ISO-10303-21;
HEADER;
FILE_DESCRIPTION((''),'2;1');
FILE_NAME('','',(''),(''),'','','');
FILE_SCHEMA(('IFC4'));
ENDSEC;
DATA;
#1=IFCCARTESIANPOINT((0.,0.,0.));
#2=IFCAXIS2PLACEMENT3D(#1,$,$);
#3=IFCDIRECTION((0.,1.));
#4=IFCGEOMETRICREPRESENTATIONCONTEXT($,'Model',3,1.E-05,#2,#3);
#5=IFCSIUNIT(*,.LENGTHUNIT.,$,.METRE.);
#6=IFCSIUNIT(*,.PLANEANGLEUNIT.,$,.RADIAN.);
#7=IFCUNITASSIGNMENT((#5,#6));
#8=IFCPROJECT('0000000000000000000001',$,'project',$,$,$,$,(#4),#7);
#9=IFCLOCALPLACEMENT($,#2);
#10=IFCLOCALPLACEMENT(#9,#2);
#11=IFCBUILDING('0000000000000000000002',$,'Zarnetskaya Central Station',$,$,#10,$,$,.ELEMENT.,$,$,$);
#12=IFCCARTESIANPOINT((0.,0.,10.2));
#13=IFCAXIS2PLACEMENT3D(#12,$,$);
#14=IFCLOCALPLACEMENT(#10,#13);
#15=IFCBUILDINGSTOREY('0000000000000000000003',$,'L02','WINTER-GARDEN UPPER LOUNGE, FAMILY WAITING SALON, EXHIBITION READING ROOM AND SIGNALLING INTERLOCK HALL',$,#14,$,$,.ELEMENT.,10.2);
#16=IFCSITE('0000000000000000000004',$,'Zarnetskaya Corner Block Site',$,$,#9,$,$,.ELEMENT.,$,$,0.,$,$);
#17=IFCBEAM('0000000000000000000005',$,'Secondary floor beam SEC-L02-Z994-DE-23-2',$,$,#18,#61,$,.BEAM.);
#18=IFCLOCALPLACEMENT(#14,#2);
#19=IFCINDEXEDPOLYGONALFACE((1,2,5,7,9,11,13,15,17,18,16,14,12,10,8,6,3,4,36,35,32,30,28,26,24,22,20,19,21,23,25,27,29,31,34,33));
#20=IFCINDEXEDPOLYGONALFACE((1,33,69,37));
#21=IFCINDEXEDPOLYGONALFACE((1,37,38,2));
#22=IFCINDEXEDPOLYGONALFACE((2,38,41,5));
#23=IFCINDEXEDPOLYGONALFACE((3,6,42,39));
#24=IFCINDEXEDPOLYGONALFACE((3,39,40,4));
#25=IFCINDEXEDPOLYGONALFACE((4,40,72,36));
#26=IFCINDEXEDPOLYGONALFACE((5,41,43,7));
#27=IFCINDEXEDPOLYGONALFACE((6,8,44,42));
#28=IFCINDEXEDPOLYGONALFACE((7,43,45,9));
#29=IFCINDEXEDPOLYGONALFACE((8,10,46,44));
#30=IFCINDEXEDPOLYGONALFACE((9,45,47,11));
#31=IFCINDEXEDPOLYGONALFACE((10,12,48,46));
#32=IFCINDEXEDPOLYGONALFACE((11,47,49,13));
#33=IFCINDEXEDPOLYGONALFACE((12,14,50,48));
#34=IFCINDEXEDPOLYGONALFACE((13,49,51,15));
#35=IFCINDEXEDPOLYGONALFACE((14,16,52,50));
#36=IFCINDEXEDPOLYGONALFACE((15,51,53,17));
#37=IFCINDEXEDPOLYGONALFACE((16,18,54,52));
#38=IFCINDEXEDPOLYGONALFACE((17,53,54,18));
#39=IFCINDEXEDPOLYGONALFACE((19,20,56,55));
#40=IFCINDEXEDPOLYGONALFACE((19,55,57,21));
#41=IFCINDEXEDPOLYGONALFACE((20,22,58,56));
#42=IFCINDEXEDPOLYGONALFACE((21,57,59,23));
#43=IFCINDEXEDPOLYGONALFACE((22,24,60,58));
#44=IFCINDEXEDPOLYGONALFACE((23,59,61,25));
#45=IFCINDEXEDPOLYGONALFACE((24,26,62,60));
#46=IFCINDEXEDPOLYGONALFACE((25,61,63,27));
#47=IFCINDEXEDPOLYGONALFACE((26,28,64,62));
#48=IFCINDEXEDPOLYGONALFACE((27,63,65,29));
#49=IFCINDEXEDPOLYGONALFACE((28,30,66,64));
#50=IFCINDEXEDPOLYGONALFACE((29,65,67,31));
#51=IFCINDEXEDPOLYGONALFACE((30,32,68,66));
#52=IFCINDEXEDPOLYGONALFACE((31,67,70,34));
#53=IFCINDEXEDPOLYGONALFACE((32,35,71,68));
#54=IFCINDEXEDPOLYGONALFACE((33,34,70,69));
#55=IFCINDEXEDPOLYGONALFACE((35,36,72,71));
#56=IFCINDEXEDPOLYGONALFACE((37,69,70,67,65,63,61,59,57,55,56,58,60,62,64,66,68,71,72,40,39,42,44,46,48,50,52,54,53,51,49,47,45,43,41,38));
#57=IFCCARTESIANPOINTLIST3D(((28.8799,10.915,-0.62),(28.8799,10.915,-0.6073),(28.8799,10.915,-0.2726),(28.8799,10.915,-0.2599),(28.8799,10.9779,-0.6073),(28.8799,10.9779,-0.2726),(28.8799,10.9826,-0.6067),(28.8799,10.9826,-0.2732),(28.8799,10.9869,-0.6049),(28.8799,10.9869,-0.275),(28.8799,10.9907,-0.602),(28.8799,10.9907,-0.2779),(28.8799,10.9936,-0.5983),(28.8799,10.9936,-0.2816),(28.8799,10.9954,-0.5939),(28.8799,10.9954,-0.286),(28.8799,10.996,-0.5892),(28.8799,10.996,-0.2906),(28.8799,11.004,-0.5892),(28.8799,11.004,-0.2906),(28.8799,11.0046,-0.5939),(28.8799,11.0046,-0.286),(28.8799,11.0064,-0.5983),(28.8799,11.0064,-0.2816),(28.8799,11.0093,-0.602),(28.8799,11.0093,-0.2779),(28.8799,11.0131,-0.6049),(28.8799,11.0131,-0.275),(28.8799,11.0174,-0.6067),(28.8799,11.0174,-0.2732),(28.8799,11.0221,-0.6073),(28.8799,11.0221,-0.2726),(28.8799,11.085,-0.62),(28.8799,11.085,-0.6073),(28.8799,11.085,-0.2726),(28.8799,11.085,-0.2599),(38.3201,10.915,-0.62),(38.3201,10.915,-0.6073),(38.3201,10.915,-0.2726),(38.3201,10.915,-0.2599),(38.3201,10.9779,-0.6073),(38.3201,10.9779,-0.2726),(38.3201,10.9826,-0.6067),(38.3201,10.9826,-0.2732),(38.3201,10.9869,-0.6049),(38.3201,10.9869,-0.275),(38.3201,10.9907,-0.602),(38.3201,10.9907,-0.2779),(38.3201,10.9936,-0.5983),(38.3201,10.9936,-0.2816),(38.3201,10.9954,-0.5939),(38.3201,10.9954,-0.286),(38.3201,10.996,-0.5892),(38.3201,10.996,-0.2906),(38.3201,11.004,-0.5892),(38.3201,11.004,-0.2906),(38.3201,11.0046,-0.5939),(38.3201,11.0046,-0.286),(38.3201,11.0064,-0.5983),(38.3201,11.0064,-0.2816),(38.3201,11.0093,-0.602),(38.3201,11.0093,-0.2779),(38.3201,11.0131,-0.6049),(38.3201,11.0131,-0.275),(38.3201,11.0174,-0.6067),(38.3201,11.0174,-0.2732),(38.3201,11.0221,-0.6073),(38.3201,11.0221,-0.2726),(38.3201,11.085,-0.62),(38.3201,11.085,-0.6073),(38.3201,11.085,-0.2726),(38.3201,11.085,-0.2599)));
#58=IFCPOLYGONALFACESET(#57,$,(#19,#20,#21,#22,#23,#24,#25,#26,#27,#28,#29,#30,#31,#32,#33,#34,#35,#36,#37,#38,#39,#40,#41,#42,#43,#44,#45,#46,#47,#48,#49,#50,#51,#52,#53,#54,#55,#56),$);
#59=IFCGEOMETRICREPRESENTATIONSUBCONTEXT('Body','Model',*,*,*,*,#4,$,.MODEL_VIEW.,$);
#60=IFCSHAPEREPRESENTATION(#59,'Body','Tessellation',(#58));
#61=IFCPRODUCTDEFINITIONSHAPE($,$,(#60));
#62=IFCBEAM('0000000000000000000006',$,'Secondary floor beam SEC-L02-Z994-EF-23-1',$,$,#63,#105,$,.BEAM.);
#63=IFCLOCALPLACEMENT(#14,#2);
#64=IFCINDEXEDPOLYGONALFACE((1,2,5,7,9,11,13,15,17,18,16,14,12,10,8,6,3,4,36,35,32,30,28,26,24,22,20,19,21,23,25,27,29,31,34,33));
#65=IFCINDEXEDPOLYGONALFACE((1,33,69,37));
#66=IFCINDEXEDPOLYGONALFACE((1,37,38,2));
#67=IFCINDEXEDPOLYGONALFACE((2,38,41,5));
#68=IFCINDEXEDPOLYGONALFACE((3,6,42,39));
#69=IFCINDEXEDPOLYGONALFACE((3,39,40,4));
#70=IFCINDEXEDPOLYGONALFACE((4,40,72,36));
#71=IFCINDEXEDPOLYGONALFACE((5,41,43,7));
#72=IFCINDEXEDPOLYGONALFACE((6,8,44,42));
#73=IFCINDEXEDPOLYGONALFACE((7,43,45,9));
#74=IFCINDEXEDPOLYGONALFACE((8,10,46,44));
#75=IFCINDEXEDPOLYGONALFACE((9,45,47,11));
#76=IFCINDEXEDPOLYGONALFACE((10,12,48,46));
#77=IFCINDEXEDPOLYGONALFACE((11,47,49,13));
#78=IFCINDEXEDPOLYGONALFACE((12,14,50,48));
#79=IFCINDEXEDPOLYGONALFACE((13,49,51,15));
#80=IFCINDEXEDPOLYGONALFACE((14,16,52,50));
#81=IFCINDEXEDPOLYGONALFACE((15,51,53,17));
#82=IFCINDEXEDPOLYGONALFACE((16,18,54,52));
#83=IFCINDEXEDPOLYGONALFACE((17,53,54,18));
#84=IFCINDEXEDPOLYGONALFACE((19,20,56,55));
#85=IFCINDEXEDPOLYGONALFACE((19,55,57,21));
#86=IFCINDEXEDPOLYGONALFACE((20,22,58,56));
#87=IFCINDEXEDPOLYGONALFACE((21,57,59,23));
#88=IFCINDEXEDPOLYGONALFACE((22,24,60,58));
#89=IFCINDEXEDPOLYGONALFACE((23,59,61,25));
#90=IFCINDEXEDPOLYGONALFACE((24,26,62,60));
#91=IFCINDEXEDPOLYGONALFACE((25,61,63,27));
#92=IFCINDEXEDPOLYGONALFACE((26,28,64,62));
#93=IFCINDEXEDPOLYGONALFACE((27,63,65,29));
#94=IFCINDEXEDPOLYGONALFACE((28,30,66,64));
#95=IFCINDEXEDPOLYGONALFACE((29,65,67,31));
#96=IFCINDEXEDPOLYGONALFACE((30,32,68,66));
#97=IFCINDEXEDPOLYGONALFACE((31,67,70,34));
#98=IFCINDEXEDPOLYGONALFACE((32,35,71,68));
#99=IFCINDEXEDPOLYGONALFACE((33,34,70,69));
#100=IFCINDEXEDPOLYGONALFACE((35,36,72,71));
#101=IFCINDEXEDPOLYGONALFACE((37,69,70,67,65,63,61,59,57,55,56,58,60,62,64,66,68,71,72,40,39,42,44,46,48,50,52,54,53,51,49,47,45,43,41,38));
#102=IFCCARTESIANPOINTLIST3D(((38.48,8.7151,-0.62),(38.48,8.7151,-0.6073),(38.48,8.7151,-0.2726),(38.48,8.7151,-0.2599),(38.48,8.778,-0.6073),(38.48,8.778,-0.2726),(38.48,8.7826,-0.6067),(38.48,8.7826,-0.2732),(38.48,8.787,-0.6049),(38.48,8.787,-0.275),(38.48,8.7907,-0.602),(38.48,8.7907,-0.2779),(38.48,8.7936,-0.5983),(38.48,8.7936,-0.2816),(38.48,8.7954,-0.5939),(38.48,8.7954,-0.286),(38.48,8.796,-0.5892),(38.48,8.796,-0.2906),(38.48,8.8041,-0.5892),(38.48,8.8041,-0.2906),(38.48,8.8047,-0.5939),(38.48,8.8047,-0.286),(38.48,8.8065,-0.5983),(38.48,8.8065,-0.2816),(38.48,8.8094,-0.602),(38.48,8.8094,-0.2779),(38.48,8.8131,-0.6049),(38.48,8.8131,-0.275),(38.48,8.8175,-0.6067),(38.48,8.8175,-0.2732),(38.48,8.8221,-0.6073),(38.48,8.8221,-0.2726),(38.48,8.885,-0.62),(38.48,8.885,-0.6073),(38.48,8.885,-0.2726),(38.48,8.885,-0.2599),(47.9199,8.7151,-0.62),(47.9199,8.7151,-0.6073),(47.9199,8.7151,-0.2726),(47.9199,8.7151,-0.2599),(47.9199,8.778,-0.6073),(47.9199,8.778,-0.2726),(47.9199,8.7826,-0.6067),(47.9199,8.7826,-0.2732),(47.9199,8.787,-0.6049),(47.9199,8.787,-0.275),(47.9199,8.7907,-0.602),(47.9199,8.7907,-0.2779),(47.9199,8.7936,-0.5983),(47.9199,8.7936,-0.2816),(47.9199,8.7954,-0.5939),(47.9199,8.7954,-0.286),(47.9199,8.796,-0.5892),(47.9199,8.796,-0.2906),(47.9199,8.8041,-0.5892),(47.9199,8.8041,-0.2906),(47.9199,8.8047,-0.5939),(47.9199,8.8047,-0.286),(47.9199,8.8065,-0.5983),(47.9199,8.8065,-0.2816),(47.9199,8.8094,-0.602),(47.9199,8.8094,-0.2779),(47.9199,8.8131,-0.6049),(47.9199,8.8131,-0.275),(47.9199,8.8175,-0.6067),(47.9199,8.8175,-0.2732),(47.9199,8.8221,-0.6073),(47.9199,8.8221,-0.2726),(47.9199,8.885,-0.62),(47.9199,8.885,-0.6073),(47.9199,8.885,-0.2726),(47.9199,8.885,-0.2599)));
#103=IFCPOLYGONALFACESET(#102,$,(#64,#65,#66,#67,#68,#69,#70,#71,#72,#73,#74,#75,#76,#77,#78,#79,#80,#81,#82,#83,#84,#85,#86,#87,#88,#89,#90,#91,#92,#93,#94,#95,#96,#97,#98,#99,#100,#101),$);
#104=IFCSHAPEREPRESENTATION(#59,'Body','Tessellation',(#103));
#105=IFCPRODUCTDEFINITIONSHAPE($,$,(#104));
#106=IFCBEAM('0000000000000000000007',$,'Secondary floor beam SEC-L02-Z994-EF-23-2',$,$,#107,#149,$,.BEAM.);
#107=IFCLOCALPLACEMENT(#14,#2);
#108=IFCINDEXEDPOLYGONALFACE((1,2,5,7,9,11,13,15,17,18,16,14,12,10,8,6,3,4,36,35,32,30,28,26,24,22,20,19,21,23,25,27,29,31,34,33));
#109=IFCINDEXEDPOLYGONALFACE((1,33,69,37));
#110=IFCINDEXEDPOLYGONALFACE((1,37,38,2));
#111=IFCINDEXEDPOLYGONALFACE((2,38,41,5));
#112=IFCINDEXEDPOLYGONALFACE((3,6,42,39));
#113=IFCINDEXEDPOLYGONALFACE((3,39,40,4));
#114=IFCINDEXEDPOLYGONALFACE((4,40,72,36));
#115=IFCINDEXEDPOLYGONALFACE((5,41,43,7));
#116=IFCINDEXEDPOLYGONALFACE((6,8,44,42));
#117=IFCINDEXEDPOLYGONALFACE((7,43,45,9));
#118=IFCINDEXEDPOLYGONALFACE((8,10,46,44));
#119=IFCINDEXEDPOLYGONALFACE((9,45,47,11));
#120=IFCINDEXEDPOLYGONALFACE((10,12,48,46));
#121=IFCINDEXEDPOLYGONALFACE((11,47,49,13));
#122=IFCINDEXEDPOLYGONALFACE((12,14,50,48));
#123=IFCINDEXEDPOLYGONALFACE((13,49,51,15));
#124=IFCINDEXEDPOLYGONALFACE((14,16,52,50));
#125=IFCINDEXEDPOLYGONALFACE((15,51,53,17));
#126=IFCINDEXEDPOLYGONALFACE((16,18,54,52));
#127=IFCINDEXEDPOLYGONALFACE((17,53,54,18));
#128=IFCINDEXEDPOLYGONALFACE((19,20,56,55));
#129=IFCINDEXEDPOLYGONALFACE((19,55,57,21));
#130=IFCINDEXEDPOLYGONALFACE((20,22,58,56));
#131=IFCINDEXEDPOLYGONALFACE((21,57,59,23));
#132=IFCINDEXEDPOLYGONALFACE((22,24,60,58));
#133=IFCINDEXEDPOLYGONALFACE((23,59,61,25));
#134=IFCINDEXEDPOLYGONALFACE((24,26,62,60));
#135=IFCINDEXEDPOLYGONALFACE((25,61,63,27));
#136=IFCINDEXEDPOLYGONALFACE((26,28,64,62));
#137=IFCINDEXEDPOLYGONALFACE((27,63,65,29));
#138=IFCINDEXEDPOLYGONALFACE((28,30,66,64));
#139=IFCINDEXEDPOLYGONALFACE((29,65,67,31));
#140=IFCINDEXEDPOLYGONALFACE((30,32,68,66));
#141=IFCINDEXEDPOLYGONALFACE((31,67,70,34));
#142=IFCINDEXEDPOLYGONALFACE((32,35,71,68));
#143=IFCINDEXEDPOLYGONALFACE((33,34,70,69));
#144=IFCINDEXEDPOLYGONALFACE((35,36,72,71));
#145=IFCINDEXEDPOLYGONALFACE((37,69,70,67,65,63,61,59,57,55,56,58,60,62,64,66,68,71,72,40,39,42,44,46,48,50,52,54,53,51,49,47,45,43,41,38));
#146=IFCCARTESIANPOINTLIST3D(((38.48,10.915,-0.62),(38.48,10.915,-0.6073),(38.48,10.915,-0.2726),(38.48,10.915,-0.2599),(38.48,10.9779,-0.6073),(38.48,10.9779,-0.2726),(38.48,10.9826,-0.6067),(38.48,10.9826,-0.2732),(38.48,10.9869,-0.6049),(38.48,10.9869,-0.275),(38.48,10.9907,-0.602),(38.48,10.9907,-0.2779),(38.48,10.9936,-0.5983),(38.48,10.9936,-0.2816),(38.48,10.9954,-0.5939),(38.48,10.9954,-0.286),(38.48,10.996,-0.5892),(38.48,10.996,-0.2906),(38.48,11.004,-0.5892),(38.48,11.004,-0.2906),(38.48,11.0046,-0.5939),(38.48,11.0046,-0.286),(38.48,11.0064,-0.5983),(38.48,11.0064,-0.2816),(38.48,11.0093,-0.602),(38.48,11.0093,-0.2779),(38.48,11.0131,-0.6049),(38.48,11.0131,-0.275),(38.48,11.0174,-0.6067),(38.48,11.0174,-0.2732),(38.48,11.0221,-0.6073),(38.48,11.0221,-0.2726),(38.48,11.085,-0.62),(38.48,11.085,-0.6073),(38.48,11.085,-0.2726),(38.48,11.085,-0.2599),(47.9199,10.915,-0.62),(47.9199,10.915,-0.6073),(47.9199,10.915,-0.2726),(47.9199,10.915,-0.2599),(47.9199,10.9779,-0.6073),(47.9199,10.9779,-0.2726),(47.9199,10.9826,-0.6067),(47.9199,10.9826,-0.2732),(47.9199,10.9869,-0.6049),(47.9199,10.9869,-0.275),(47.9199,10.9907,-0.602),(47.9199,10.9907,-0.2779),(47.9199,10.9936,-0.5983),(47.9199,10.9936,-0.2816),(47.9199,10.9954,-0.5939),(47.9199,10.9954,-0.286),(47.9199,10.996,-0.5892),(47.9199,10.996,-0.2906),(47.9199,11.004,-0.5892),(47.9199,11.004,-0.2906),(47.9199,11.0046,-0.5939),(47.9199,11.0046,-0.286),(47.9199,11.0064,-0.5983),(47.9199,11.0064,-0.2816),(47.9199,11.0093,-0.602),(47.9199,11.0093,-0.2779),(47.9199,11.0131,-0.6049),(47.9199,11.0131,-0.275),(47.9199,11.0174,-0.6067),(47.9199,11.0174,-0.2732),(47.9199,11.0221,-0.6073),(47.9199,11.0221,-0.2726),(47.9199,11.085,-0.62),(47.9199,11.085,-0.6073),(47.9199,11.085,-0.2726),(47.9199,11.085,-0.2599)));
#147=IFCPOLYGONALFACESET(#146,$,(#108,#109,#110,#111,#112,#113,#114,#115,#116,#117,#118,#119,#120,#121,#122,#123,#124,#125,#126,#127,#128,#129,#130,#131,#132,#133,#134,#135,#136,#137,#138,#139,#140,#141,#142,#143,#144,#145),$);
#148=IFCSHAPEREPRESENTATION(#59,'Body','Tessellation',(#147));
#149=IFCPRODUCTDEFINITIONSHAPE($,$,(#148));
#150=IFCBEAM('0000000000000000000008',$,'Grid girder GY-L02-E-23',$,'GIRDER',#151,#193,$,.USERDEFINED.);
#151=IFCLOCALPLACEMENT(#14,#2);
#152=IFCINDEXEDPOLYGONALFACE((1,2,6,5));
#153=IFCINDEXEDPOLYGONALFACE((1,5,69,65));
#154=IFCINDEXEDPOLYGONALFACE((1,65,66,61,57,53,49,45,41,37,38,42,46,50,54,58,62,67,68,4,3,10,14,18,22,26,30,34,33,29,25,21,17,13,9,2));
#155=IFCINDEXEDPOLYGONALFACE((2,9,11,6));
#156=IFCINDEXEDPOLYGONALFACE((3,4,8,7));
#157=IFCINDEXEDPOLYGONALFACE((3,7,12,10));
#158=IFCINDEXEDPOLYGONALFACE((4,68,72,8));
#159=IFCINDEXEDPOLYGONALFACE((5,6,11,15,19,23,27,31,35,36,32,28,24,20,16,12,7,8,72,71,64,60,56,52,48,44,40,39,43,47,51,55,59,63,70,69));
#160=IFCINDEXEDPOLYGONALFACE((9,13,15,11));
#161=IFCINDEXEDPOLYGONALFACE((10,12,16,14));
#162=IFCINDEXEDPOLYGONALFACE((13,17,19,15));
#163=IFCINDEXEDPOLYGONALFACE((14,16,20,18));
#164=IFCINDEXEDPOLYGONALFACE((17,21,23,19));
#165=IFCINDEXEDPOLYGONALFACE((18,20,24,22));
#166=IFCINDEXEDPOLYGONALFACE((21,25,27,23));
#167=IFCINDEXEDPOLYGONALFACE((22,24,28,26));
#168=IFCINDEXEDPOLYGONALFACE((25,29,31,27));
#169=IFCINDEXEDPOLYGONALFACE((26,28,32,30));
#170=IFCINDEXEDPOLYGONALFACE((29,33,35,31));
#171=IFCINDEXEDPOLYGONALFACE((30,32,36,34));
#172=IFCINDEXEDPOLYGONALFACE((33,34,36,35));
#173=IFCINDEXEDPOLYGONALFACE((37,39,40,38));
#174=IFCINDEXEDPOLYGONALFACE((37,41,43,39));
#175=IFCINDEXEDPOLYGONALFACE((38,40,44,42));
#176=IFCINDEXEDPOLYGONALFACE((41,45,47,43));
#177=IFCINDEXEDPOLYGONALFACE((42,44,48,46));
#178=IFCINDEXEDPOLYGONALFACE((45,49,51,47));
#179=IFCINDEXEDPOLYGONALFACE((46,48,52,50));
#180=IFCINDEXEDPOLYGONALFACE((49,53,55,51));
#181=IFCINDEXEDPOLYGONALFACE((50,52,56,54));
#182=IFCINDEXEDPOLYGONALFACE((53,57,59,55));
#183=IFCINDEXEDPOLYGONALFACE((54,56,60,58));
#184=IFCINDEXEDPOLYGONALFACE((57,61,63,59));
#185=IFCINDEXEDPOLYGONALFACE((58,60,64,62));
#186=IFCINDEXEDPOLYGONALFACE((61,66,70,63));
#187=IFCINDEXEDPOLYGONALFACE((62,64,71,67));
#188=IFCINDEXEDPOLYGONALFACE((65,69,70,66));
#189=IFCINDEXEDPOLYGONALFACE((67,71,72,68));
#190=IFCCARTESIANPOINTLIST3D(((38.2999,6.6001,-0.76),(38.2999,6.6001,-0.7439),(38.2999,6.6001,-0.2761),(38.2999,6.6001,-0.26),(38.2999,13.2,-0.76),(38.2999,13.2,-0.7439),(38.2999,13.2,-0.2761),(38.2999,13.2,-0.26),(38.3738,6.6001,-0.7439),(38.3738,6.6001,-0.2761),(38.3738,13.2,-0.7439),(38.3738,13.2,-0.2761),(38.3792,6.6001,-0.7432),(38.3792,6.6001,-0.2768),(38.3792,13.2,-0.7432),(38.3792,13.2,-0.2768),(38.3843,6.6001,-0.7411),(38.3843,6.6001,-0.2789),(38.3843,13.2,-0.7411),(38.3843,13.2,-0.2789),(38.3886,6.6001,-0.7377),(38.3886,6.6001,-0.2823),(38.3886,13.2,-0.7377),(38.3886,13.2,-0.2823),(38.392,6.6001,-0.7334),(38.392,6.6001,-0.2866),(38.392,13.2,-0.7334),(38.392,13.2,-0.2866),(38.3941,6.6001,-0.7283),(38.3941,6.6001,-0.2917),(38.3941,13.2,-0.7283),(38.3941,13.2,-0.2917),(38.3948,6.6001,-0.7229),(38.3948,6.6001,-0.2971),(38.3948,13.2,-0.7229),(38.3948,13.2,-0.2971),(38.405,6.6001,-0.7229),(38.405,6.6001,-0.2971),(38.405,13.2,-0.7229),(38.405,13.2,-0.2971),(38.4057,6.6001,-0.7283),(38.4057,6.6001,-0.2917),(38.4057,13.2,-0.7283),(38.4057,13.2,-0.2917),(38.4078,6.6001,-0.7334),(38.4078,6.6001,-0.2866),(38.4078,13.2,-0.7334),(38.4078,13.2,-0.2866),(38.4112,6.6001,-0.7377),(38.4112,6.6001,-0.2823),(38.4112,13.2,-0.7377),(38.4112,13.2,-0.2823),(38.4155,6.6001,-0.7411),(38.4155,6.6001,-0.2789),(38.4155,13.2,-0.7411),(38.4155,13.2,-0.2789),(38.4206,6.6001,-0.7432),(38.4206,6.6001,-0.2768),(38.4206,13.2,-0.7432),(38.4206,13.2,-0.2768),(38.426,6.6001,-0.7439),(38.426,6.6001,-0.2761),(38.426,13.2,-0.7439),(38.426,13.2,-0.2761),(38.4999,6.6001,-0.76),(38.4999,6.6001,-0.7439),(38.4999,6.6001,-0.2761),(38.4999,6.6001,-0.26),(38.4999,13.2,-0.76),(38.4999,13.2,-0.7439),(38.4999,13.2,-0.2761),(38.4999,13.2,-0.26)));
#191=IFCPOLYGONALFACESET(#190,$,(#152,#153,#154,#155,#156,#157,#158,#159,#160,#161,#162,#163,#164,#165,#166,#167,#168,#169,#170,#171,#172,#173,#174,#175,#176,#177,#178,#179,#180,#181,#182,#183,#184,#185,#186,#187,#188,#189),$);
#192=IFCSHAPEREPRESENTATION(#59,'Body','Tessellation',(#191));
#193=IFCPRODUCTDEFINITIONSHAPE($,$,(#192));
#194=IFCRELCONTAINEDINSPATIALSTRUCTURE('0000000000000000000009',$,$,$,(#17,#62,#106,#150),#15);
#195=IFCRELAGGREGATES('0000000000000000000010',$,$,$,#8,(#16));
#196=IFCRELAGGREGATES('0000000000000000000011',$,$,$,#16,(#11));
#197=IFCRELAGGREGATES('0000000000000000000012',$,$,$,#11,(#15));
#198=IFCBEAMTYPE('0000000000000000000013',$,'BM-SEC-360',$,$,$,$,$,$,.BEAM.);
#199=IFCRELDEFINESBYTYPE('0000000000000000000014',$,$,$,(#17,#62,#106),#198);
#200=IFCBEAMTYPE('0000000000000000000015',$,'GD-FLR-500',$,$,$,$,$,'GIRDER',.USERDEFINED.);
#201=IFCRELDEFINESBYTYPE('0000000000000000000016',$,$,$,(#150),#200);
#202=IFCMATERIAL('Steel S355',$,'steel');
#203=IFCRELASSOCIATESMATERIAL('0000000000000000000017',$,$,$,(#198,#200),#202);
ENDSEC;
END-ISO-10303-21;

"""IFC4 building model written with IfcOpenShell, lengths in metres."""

from ifc_helpers import new_model, si_unit, direction, frame, origin, origin_2d, place, context, subcontext, project, spatial, i_section, extrude, material, material_profile, profile_set, type_object, element, save


model = new_model("IFC4")

# Units and contexts
model_context = context("Model", 3, precision=1e-05, world=origin(), true_north=direction((0.0, 1.0)))
body_context = subcontext(model_context, "Body", "Model", "MODEL_VIEW")
ifc_project = project(units=[si_unit("LENGTHUNIT", "METRE"), si_unit("PLANEANGLEUNIT", "RADIAN")], contexts=[model_context])

# Site, building, storey
site_placement = place(None, origin())
site = spatial("IfcSite", under=ifc_project, at=site_placement, Name="Zarnetskaya Corner Block Site", CompositionType="ELEMENT", RefElevation=0.0)
building_placement = place(site_placement, origin())
building = spatial("IfcBuilding", under=site, at=building_placement, Name="Zarnetskaya Central Station", CompositionType="ELEMENT")
storey_placement = place(building_placement, frame((0.0, 0.0, 10.2)))
storey = spatial("IfcBuildingStorey", under=building, at=storey_placement, Name="L02", Description="WINTER-GARDEN UPPER LOUNGE, FAMILY WAITING SALON, EXHIBITION READING ROOM AND SIGNALLING INTERLOCK HALL", CompositionType="ELEMENT", Elevation=10.2)

# Shared definitions
ifc_material_1 = material(Name="Steel S355", Category="steel")

# Beams
ifc_material_profile_1 = material_profile(ifc_material_1, i_section(OverallWidth=0.1699, OverallDepth=0.3601, WebThickness=0.0081, FlangeThickness=0.0127, FilletRadius=0.0181, at=origin_2d()), Name="IPE 360")
ifc_profile_set_1 = profile_set([ifc_material_profile_1], Name="Steel S355")
beam_type_1 = type_object("IfcBeamType", Name="BM-SEC-360", PredefinedType="BEAM", material=ifc_profile_set_1)
for number, where, z_axis, x_axis, name in (
    (1, (28.8799, 11.0, -0.4399), (1.0, 0.0, 0.0), (0.0, 1.0, 0.0), "Secondary floor beam SEC-L02-Z994-DE-23-2"),
):
    element("IfcBeam", number, at=place(storey_placement, frame(where, z_axis=z_axis, x_axis=x_axis)), inside=storey, type_object=beam_type_1, Name=name, PredefinedType="BEAM", context=body_context, shape_type="SweptSolid", body=[
        extrude(i_section(OverallWidth=0.1699, OverallDepth=0.3601, WebThickness=0.0081, FlangeThickness=0.0127, FilletRadius=0.0181, at=origin_2d()), origin(), (0.0, 0.0, 1.0), 9.4402),
    ])
for number, where, z_axis, x_axis, name in (
    (2, (38.48, 8.8, -0.4399), (1.0, 0.0, 0.0), (0.0, 1.0, 0.0), "Secondary floor beam SEC-L02-Z994-EF-23-1"),
    (3, (38.48, 11.0, -0.4399), (1.0, 0.0, 0.0), (0.0, 1.0, 0.0), "Secondary floor beam SEC-L02-Z994-EF-23-2"),
):
    element("IfcBeam", number, at=place(storey_placement, frame(where, z_axis=z_axis, x_axis=x_axis)), inside=storey, type_object=beam_type_1, Name=name, PredefinedType="BEAM", context=body_context, shape_type="SweptSolid", body=[
        extrude(i_section(OverallWidth=0.1699, OverallDepth=0.3601, WebThickness=0.0081, FlangeThickness=0.0127, FilletRadius=0.0181, at=origin_2d()), origin(), (0.0, 0.0, 1.0), 9.4399),
    ])
ifc_material_profile_2 = material_profile(ifc_material_1, i_section(OverallWidth=0.2, OverallDepth=0.5, WebThickness=0.0103, FlangeThickness=0.0161, FilletRadius=0.021, at=origin_2d()), Name="IPE 500")
ifc_profile_set_2 = profile_set([ifc_material_profile_2], Name="Steel S355")
beam_type_2 = type_object("IfcBeamType", Name="GD-FLR-500", ElementType="GIRDER", PredefinedType="USERDEFINED", material=ifc_profile_set_2)
beam_placement = place(storey_placement, frame((38.3999, 6.6001, -0.51), z_axis=(0.0, 1.0, 0.0), x_axis=(-1.0, 0.0, 0.0)))
element("IfcBeam", 4, at=beam_placement, inside=storey, type_object=beam_type_2, Name="Grid girder GY-L02-E-23", ObjectType="GIRDER", PredefinedType="USERDEFINED", context=body_context, shape_type="SweptSolid", body=[
    extrude(i_section(OverallWidth=0.2, OverallDepth=0.5, WebThickness=0.0103, FlangeThickness=0.0161, FilletRadius=0.021, at=origin_2d()), origin(), (0.0, 0.0, 1.0), 6.5999),
])

save(model, "model.ifc")
